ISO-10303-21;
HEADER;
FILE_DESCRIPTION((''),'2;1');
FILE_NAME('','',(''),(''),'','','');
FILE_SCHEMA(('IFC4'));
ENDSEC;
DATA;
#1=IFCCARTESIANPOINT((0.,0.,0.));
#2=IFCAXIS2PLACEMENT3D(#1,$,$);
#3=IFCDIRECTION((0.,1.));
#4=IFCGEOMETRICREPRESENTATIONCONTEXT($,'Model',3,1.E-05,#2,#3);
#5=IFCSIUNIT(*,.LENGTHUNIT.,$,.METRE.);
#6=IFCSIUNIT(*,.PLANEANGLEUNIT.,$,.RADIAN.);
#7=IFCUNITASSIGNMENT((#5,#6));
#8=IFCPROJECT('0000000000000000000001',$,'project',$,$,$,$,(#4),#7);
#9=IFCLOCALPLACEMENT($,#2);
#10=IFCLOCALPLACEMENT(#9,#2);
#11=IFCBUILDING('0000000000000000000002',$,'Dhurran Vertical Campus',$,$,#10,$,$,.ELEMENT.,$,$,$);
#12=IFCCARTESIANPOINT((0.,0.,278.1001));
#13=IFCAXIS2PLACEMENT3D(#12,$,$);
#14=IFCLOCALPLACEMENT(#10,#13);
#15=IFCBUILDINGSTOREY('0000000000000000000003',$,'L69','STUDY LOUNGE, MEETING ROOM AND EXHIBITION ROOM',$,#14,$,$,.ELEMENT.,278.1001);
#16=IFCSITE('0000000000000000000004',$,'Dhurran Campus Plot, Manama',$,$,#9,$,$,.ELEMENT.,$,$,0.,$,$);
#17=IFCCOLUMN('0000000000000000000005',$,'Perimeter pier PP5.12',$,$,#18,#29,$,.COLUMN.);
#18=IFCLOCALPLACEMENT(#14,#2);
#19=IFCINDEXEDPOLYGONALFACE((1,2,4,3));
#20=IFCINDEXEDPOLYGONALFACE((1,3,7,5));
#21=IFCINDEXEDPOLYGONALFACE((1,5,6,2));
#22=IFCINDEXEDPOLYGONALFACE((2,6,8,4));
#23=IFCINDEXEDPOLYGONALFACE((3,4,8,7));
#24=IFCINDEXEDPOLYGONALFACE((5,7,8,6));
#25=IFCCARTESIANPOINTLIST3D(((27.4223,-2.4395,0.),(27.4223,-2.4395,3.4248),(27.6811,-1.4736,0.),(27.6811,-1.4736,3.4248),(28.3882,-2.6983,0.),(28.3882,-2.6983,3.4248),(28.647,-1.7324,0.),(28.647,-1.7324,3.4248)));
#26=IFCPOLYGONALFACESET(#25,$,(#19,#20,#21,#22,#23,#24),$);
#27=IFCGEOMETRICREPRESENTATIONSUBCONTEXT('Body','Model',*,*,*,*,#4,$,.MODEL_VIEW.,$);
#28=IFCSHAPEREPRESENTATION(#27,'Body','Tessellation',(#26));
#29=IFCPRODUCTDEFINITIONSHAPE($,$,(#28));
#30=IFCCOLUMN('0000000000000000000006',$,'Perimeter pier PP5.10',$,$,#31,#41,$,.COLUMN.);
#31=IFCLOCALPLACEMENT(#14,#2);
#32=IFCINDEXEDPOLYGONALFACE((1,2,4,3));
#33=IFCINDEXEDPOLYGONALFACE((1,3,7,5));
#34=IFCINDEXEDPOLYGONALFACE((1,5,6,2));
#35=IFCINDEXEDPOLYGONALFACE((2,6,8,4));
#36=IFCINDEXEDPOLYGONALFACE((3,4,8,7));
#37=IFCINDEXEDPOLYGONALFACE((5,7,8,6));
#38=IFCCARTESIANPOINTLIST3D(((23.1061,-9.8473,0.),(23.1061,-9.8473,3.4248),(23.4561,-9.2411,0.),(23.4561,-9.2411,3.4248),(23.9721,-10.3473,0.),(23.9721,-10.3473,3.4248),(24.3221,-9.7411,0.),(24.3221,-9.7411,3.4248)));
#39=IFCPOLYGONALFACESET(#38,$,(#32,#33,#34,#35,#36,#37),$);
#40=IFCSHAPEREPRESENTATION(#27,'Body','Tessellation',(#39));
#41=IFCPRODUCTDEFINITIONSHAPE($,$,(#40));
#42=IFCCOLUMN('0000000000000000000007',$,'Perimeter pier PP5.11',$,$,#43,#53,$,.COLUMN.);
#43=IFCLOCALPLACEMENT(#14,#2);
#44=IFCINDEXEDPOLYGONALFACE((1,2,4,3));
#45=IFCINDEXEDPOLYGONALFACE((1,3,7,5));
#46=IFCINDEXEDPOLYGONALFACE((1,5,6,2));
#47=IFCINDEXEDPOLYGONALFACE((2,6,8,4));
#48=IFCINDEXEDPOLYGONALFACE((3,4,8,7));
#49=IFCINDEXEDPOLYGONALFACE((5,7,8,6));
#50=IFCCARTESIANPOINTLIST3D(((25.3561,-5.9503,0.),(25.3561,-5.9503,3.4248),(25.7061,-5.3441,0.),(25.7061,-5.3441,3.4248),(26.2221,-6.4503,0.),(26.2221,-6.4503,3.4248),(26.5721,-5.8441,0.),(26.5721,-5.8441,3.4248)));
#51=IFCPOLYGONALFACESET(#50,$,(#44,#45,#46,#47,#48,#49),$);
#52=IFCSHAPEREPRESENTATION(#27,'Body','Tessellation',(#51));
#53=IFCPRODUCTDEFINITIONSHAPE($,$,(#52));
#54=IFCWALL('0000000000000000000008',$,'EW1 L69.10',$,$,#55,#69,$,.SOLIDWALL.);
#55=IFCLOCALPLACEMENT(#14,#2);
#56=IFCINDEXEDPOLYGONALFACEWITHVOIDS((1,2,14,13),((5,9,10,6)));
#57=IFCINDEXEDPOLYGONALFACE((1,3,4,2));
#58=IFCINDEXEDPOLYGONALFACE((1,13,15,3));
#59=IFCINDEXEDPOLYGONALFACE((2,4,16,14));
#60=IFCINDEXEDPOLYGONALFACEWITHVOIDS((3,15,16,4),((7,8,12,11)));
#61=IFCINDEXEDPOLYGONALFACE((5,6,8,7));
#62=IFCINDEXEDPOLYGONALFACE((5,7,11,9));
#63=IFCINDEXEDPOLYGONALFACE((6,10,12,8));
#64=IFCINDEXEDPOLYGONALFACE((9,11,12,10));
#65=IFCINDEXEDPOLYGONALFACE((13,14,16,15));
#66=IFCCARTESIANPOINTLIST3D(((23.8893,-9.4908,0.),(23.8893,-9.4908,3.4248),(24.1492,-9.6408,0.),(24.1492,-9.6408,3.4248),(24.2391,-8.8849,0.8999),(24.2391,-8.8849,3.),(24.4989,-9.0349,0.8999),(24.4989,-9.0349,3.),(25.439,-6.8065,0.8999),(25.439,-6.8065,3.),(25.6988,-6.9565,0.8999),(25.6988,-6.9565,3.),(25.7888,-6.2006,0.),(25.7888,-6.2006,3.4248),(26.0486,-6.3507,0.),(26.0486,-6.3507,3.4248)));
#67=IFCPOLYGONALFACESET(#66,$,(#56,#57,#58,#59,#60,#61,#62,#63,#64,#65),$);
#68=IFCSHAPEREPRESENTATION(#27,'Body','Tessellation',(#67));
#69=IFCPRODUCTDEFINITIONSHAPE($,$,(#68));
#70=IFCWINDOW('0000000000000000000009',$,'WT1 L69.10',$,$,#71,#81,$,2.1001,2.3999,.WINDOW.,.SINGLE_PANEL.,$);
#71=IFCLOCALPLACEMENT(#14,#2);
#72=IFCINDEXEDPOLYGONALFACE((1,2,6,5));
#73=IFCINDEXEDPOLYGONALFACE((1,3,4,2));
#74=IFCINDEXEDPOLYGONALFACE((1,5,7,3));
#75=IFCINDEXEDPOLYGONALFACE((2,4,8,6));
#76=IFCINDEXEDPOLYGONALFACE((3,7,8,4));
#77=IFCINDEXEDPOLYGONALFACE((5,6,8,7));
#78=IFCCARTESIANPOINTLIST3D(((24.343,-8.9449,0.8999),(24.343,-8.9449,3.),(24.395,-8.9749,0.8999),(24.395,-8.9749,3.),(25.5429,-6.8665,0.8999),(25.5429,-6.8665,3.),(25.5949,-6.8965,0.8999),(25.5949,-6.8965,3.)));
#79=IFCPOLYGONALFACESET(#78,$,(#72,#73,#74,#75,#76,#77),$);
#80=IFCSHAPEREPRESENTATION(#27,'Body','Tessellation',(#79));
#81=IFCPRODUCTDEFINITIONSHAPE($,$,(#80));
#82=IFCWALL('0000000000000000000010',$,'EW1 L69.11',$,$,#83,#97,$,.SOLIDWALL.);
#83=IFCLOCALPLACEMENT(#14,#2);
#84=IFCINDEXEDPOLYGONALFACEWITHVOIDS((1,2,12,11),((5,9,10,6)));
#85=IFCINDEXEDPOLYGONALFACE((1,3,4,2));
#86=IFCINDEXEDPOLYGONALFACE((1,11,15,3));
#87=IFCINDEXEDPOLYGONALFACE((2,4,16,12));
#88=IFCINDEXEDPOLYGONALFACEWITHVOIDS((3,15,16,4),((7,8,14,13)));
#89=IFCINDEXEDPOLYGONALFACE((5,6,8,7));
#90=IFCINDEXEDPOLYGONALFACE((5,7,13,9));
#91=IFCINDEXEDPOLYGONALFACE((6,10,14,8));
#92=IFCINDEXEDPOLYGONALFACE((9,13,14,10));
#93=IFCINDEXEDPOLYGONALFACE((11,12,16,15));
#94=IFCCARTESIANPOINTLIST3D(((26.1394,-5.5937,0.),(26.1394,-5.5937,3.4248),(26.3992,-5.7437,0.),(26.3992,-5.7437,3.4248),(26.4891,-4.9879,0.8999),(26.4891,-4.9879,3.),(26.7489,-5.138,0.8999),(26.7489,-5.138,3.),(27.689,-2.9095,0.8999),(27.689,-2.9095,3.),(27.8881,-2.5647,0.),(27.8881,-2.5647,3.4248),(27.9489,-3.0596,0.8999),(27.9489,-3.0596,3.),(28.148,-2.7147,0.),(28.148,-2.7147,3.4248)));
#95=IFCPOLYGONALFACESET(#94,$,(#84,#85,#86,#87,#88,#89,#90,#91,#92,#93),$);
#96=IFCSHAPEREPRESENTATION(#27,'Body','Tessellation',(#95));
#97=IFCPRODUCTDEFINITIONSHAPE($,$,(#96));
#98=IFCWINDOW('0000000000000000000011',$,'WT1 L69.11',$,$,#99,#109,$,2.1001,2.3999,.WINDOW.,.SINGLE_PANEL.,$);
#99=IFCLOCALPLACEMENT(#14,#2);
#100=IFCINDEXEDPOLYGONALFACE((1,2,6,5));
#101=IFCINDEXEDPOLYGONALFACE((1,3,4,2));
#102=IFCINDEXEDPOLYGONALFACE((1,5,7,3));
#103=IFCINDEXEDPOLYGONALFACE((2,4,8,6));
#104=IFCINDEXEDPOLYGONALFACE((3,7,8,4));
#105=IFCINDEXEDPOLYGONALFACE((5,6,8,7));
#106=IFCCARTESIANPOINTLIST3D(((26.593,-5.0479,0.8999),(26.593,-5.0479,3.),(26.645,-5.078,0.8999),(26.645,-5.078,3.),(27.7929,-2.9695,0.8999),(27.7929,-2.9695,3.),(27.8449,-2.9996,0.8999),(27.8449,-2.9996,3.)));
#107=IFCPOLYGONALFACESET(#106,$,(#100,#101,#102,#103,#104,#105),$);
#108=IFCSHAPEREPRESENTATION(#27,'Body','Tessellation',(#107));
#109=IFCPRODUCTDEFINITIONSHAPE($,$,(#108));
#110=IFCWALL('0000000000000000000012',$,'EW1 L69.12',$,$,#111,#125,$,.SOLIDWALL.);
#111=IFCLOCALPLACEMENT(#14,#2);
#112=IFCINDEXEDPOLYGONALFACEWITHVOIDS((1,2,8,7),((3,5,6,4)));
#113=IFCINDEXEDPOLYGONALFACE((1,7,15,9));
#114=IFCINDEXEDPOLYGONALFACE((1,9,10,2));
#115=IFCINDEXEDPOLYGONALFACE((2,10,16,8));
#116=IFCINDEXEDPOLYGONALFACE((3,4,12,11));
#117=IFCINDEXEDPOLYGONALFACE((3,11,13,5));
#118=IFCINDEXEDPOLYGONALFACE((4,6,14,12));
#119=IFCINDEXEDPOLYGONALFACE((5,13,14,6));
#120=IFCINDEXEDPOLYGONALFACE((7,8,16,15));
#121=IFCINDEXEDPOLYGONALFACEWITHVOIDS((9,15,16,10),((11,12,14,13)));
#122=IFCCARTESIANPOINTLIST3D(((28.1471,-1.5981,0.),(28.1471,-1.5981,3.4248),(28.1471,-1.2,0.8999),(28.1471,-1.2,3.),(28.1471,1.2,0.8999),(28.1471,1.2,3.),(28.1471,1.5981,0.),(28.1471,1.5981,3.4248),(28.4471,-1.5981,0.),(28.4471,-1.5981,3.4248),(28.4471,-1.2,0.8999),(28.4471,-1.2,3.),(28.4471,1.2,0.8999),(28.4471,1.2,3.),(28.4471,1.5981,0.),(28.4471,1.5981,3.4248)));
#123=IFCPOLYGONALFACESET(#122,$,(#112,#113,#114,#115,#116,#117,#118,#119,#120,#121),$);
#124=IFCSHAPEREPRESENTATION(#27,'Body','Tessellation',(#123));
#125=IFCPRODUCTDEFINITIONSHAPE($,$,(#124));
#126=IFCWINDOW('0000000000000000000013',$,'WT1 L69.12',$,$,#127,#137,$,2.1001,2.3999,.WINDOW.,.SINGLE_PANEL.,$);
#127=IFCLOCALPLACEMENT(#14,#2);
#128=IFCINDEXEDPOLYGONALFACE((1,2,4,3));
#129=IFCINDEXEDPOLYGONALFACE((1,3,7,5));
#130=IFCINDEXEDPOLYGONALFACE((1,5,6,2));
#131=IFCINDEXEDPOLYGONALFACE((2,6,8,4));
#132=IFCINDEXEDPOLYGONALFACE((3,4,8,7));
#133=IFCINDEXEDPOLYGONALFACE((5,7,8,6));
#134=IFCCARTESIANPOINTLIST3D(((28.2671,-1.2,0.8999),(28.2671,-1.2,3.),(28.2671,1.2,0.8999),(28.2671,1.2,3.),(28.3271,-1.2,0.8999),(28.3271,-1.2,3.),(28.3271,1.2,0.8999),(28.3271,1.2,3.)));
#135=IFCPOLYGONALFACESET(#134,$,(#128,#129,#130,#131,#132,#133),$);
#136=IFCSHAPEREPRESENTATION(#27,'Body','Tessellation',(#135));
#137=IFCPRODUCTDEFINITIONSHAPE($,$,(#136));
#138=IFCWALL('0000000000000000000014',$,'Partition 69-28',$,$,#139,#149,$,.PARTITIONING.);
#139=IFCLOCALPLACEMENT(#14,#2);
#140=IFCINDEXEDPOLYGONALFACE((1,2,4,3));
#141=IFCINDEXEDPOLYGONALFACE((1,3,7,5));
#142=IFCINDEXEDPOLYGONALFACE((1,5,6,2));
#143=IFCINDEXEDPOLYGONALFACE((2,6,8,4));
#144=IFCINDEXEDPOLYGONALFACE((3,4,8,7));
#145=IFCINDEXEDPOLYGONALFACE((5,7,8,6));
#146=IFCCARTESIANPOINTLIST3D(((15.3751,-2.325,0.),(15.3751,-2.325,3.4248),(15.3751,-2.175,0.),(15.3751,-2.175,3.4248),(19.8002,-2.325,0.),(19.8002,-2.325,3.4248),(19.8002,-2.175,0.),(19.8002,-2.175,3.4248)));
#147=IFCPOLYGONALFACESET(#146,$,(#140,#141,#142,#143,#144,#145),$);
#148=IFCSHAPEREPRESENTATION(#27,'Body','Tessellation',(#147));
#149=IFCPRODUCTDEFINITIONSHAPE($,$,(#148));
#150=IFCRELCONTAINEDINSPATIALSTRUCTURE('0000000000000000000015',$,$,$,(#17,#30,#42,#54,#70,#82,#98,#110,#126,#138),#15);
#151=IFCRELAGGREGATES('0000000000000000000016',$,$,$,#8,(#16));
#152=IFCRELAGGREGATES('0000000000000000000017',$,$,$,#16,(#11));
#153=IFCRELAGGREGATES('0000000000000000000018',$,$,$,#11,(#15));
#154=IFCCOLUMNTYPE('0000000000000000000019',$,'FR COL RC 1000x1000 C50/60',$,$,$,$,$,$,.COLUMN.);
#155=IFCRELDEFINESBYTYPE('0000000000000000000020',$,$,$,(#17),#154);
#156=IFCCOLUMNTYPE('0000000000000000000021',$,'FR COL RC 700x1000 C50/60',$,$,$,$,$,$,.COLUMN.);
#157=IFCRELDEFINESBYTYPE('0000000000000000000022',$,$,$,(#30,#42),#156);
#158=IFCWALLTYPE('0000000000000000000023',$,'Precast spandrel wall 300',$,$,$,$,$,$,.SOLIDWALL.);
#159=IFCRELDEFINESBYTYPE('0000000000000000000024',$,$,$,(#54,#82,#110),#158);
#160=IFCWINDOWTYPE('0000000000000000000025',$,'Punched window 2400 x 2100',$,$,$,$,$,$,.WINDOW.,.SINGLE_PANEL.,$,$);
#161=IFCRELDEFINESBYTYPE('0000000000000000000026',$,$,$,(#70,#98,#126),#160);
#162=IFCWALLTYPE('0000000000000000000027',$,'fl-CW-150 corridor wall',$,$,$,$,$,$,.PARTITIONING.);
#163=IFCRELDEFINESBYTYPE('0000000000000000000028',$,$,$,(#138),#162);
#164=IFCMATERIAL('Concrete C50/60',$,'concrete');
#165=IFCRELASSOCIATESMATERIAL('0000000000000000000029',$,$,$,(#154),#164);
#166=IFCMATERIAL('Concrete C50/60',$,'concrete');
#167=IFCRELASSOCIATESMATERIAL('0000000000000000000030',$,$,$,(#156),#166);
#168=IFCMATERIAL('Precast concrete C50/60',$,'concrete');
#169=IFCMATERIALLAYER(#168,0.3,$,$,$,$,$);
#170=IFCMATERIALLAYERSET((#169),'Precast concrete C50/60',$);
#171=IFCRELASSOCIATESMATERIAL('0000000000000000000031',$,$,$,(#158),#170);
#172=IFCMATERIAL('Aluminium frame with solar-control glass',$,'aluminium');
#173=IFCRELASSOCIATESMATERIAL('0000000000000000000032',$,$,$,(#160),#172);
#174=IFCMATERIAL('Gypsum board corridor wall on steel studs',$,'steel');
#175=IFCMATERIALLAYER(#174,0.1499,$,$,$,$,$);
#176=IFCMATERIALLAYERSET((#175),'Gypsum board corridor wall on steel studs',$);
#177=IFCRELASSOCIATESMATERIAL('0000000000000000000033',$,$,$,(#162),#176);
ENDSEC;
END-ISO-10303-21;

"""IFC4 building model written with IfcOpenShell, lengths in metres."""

from ifc_helpers import new_model, si_unit, direction, frame, frame_2d, origin, origin_2d, place, context, subcontext, project, spatial, rectangle, extrude, material, layer, layer_set, material_profile, profile_set, type_object, element, fill, save


model = new_model("IFC4")

# Units and contexts
model_context = context("Model", 3, precision=1e-05, world=origin(), true_north=direction((0.0, 1.0)))
body_context = subcontext(model_context, "Body", "Model", "MODEL_VIEW")
ifc_project = project(units=[si_unit("LENGTHUNIT", "METRE"), si_unit("PLANEANGLEUNIT", "RADIAN")], contexts=[model_context])

# Site, building, storey
site_placement = place(None, origin())
site = spatial("IfcSite", under=ifc_project, at=site_placement, Name="Dhurran Campus Plot, Manama", CompositionType="ELEMENT", RefElevation=0.0)
building_placement = place(site_placement, origin())
building = spatial("IfcBuilding", under=site, at=building_placement, Name="Dhurran Vertical Campus", CompositionType="ELEMENT")
storey_placement = place(building_placement, frame((0.0, 0.0, 278.1001)))
storey = spatial("IfcBuildingStorey", under=building, at=storey_placement, Name="L69", Description="STUDY LOUNGE, MEETING ROOM AND EXHIBITION ROOM", CompositionType="ELEMENT", Elevation=278.1001)

# Columns
ifc_material_1 = material(Name="Concrete C50/60", Category="concrete")
ifc_material_profile_1 = material_profile(ifc_material_1, rectangle(XDim=1.0, YDim=1.0, at=origin_2d()), Name="RC 1000x1000")
ifc_profile_set_1 = profile_set([ifc_material_profile_1], Name="Concrete C50/60")
column_type_1 = type_object("IfcColumnType", Name="FR COL RC 1000x1000 C50/60", PredefinedType="COLUMN", material=ifc_profile_set_1)
column_placement = place(storey_placement, frame((28.0347, -2.0859, 0.0), z_axis=(0.0, 0.0, 1.0), x_axis=(0.258819, 0.965926, 0.0)))
element("IfcColumn", 1, at=column_placement, inside=storey, type_object=column_type_1, Name="Perimeter pier PP5.12", PredefinedType="COLUMN", context=body_context, shape_type="SweptSolid", body=[
    extrude(rectangle(XDim=1.0, YDim=1.0, at=origin_2d()), origin(), (0.0, 0.0, 1.0), 3.4248),
])
ifc_material_2 = material(Name="Concrete C50/60", Category="concrete")
ifc_material_profile_2 = material_profile(ifc_material_2, rectangle(XDim=0.7, YDim=1.0, at=origin_2d()), Name="RC 700x1000")
ifc_profile_set_2 = profile_set([ifc_material_profile_2], Name="Concrete C50/60")
column_type_2 = type_object("IfcColumnType", Name="FR COL RC 700x1000 C50/60", PredefinedType="COLUMN", material=ifc_profile_set_2)
for number, where, z_axis, x_axis, name in (
    (2, (23.7141, -9.7942, 0.0), (0.0, 0.0, 1.0), (0.5, 0.866025, 0.0), "Perimeter pier PP5.10"),
    (3, (25.9641, -5.8972, 0.0), (0.0, 0.0, 1.0), (0.5, 0.866025, 0.0), "Perimeter pier PP5.11"),
):
    element("IfcColumn", number, at=place(storey_placement, frame(where, z_axis=z_axis, x_axis=x_axis)), inside=storey, type_object=column_type_2, Name=name, PredefinedType="COLUMN", context=body_context, shape_type="SweptSolid", body=[
        extrude(rectangle(XDim=0.7, YDim=1.0, at=origin_2d()), origin(), (0.0, 0.0, 1.0), 3.4248),
    ])

# Walls, openings, windows
ifc_material_3 = material(Name="Precast concrete C50/60", Category="concrete")
ifc_layer_1 = layer(ifc_material_3, 0.3)
ifc_layer_set_1 = layer_set([ifc_layer_1], Name="Precast concrete C50/60")
wall_type_1 = type_object("IfcWallType", Name="Precast spandrel wall 300", PredefinedType="SOLIDWALL", material=ifc_layer_set_1)
wall_1_placement = place(storey_placement, frame((24.0193, -9.5657, 0.0), z_axis=(0.0, 0.0, 1.0), x_axis=(0.499982, 0.866036, 0.0)))
wall_1 = element("IfcWall", 4, at=wall_1_placement, inside=storey, type_object=wall_type_1, Name="EW1 L69.10", PredefinedType="SOLIDWALL", context=body_context, shape_type="SweptSolid", body=[
    extrude(rectangle(XDim=3.7991, YDim=0.3, at=frame_2d((1.8994, 0.0))), origin(), (0.0, 0.0, 1.0), 3.4248),
])
opening_1_placement = place(wall_1_placement, frame((0.6995, 0.0, 0.8999)))
opening_1 = element("IfcOpeningElement", 5, at=opening_1_placement, cuts=wall_1, PredefinedType="OPENING", context=body_context, shape_type="SweptSolid", body=[
    extrude(rectangle(XDim=2.3999, YDim=2.1001, at=frame_2d((1.2, 1.05))), frame((0.0, 0.1599, 0.0), z_axis=(0.0, -1.0, 0.0), x_axis=(1.0, 0.0, 0.0)), (0.0, 0.0, 1.0), 0.3201),
])
ifc_material_4 = material(Name="Aluminium frame with solar-control glass", Category="aluminium")
window_type = type_object("IfcWindowType", Name="Punched window 2400 x 2100", PartitioningType="SINGLE_PANEL", PredefinedType="WINDOW", material=ifc_material_4)
window_1_placement = place(opening_1_placement, origin())
window_1 = element("IfcWindow", 6, at=window_1_placement, inside=storey, type_object=window_type, Name="WT1 L69.10", OverallHeight=2.1001, OverallWidth=2.3999, PartitioningType="SINGLE_PANEL", PredefinedType="WINDOW", context=body_context, shape_type="SweptSolid", body=[
    extrude(rectangle(XDim=2.3999, YDim=2.1001, at=frame_2d((1.2, 1.05))), frame((0.0, 0.03, 0.0), z_axis=(0.0, -1.0, 0.0), x_axis=(1.0, 0.0, 0.0)), (0.0, 0.0, 1.0), 0.0601),
])
fill(opening_1, window_1)
wall_2_placement = place(storey_placement, frame((26.2693, -5.6687, 0.0), z_axis=(0.0, 0.0, 1.0), x_axis=(0.49999, 0.866031, 0.0)))
wall_2 = element("IfcWall", 7, at=wall_2_placement, inside=storey, type_object=wall_type_1, Name="EW1 L69.11", PredefinedType="SOLIDWALL", context=body_context, shape_type="SweptSolid", body=[
    extrude(rectangle(XDim=3.4976, YDim=0.3, at=frame_2d((1.7488, 0.0))), origin(), (0.0, 0.0, 1.0), 3.4248),
])
opening_2_placement = place(wall_2_placement, frame((0.6995, 0.0, 0.8999)))
opening_2 = element("IfcOpeningElement", 8, at=opening_2_placement, cuts=wall_2, PredefinedType="OPENING", context=body_context, shape_type="SweptSolid", body=[
    extrude(rectangle(XDim=2.3999, YDim=2.1001, at=frame_2d((1.2, 1.05))), frame((0.0, 0.1599, 0.0), z_axis=(0.0, -1.0, 0.0), x_axis=(1.0, 0.0, 0.0)), (0.0, 0.0, 1.0), 0.3201),
])
window_2_placement = place(opening_2_placement, origin())
window_2 = element("IfcWindow", 9, at=window_2_placement, inside=storey, type_object=window_type, Name="WT1 L69.11", OverallHeight=2.1001, OverallWidth=2.3999, PartitioningType="SINGLE_PANEL", PredefinedType="WINDOW", context=body_context, shape_type="SweptSolid", body=[
    extrude(rectangle(XDim=2.3999, YDim=2.1001, at=frame_2d((1.2, 1.05))), frame((0.0, 0.03, 0.0), z_axis=(0.0, -1.0, 0.0), x_axis=(1.0, 0.0, 0.0)), (0.0, 0.0, 1.0), 0.0601),
])
fill(opening_2, window_2)
wall_3_placement = place(storey_placement, frame((28.2971, -1.5981, 0.0), z_axis=(0.0, 0.0, 1.0), x_axis=(0.0, 1.0, 0.0)))
wall_3 = element("IfcWall", 10, at=wall_3_placement, inside=storey, type_object=wall_type_1, Name="EW1 L69.12", PredefinedType="SOLIDWALL", context=body_context, shape_type="SweptSolid", body=[
    extrude(rectangle(XDim=3.1963, YDim=0.3, at=frame_2d((1.5981, 0.0))), origin(), (0.0, 0.0, 1.0), 3.4248),
])
opening_3_placement = place(wall_3_placement, frame((0.3982, 0.0, 0.8999)))
opening_3 = element("IfcOpeningElement", 11, at=opening_3_placement, cuts=wall_3, PredefinedType="OPENING", context=body_context, shape_type="SweptSolid", body=[
    extrude(rectangle(XDim=2.3999, YDim=2.1001, at=frame_2d((1.2, 1.05))), frame((0.0, 0.1599, 0.0), z_axis=(0.0, -1.0, 0.0), x_axis=(1.0, 0.0, 0.0)), (0.0, 0.0, 1.0), 0.3201),
])
window_3_placement = place(opening_3_placement, origin())
window_3 = element("IfcWindow", 12, at=window_3_placement, inside=storey, type_object=window_type, Name="WT1 L69.12", OverallHeight=2.1001, OverallWidth=2.3999, PartitioningType="SINGLE_PANEL", PredefinedType="WINDOW", context=body_context, shape_type="SweptSolid", body=[
    extrude(rectangle(XDim=2.3999, YDim=2.1001, at=frame_2d((1.2, 1.05))), frame((0.0, 0.03, 0.0), z_axis=(0.0, -1.0, 0.0), x_axis=(1.0, 0.0, 0.0)), (0.0, 0.0, 1.0), 0.0601),
])
fill(opening_3, window_3)

# Wall
ifc_material_5 = material(Name="Gypsum board corridor wall on steel studs", Category="steel")
ifc_layer_2 = layer(ifc_material_5, 0.1499)
ifc_layer_set_2 = layer_set([ifc_layer_2], Name="Gypsum board corridor wall on steel studs")
wall_type_2 = type_object("IfcWallType", Name="fl-CW-150 corridor wall", PredefinedType="PARTITIONING", material=ifc_layer_set_2)
wall_4_placement = place(storey_placement, frame((19.8, -2.25, 0.0), z_axis=(0.0, 0.0, 1.0), x_axis=(-1.0, 0.0, 0.0)))
element("IfcWall", 13, at=wall_4_placement, inside=storey, type_object=wall_type_2, Name="Partition 69-28", PredefinedType="PARTITIONING", context=body_context, shape_type="SweptSolid", body=[
    extrude(rectangle(XDim=4.425, YDim=0.1499, at=frame_2d((2.2124, 0.0))), origin(), (0.0, 0.0, 1.0), 3.4248),
])

save(model, "model.ifc")
